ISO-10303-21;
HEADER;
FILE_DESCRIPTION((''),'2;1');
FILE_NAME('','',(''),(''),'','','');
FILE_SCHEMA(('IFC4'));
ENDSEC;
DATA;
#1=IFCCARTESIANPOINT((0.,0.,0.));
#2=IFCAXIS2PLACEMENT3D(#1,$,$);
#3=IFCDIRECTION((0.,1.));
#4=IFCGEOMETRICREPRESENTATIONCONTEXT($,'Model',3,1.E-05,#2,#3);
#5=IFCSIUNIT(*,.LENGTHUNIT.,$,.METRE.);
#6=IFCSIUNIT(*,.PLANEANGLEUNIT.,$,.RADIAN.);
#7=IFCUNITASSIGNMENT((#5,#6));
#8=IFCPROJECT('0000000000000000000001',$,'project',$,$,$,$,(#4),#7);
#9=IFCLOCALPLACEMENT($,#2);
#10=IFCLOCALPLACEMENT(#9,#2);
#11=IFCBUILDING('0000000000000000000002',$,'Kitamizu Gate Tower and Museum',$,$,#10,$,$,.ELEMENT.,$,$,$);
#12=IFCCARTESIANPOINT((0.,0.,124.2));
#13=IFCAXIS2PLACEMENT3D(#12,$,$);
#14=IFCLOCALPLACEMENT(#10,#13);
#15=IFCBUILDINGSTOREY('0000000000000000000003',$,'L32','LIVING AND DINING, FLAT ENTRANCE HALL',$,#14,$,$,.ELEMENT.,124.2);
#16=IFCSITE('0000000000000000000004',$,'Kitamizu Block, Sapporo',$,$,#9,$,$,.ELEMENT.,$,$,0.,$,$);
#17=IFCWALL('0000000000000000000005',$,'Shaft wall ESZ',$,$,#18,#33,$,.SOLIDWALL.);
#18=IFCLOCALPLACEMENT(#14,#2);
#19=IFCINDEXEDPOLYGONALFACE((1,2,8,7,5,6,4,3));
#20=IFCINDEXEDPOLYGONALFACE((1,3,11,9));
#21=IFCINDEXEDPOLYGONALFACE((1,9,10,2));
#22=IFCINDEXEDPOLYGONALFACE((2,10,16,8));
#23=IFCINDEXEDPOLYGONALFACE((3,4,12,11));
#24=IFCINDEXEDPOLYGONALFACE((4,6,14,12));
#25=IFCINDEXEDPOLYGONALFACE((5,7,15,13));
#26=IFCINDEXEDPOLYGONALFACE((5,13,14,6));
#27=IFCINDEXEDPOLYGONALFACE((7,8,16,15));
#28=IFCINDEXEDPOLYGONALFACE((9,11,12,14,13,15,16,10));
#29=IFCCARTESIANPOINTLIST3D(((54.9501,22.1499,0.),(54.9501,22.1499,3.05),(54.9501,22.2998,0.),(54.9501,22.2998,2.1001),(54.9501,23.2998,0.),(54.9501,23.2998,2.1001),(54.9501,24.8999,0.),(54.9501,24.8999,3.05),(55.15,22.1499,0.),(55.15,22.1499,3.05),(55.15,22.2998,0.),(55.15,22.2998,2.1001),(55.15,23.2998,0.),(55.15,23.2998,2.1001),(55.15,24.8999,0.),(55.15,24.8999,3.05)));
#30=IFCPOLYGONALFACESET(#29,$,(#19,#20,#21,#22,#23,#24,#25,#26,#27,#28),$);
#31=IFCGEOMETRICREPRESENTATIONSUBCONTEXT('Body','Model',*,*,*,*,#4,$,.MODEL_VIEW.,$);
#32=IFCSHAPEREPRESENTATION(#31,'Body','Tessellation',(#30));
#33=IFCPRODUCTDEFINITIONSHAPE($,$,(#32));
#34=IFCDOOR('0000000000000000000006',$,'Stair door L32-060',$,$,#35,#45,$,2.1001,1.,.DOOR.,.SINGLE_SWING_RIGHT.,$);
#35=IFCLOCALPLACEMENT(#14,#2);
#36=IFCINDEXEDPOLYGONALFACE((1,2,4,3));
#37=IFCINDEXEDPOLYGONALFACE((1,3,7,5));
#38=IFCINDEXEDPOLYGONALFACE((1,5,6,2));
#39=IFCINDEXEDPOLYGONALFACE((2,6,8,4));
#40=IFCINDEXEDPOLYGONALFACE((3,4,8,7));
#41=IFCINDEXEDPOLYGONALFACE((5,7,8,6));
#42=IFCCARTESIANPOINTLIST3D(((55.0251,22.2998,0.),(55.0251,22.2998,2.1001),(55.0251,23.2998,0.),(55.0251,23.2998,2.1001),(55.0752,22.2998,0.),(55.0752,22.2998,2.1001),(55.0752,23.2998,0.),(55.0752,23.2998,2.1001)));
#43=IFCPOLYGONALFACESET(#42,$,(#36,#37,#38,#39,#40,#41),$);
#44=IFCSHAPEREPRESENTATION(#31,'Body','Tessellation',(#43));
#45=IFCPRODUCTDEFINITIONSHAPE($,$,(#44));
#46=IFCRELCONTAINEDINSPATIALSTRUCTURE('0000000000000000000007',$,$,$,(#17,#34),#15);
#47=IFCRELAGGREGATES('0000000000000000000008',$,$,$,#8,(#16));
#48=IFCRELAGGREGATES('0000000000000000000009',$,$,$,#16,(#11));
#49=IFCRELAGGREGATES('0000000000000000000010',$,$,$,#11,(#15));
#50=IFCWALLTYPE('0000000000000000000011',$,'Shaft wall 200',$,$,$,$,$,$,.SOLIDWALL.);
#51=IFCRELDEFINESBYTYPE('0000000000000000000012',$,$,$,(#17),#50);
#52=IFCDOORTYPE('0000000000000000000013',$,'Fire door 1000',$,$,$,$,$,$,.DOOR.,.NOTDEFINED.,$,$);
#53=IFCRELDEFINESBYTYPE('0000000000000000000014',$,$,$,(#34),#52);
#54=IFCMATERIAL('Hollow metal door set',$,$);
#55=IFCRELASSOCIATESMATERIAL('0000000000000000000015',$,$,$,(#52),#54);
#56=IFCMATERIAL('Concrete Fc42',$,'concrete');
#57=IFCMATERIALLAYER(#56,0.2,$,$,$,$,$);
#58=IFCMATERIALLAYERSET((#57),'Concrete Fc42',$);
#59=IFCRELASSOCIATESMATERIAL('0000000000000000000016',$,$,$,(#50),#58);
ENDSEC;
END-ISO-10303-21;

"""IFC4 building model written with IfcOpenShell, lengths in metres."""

from ifc_helpers import new_model, si_unit, direction, frame, frame_2d, origin, place, context, subcontext, project, spatial, rectangle, extrude, material, layer, layer_set, type_object, element, fill, save


model = new_model("IFC4")

# Units and contexts
model_context = context("Model", 3, precision=1e-05, world=origin(), true_north=direction((0.0, 1.0)))
body_context = subcontext(model_context, "Body", "Model", "MODEL_VIEW")
ifc_project = project(units=[si_unit("LENGTHUNIT", "METRE"), si_unit("PLANEANGLEUNIT", "RADIAN")], contexts=[model_context])

# Site, building, storey
site_placement = place(None, origin())
site = spatial("IfcSite", under=ifc_project, at=site_placement, Name="Kitamizu Block, Sapporo", CompositionType="ELEMENT", RefElevation=0.0)
building_placement = place(site_placement, origin())
building = spatial("IfcBuilding", under=site, at=building_placement, Name="Kitamizu Gate Tower and Museum", CompositionType="ELEMENT")
storey_placement = place(building_placement, frame((0.0, 0.0, 124.2)))
storey = spatial("IfcBuildingStorey", under=building, at=storey_placement, Name="L32", Description="LIVING AND DINING, FLAT ENTRANCE HALL", CompositionType="ELEMENT", Elevation=124.2)

# Shared definitions
ifc_material_1 = material(Name="Hollow metal door set")
door_type_1 = type_object("IfcDoorType", Name="Fire door 1000", OperationType="NOTDEFINED", PredefinedType="DOOR", material=ifc_material_1)

# Shared definitions
ifc_material_2 = material(Name="Concrete Fc42", Category="concrete")
ifc_layer_1 = layer(ifc_material_2, 0.2)
ifc_layer_set_1 = layer_set([ifc_layer_1], Name="Concrete Fc42")
wall_type_1 = type_object("IfcWallType", Name="Shaft wall 200", PredefinedType="SOLIDWALL", material=ifc_layer_set_1)

# Wall, opening, door
wall_1_placement = place(storey_placement, frame((55.05, 22.1499, 0.0), z_axis=(0.0, 0.0, 1.0), x_axis=(0.0, 1.0, 0.0)))
wall_1 = element("IfcWall", 1, at=wall_1_placement, inside=storey, type_object=wall_type_1, Name="Shaft wall ESZ", PredefinedType="SOLIDWALL", context=body_context, shape_type="SweptSolid", body=[
    extrude(rectangle(XDim=2.75, YDim=0.2, at=frame_2d((1.375, 0.0))), origin(), (0.0, 0.0, 1.0), 3.05),
])
opening_1_placement = place(wall_1_placement, frame((0.1499, 0.0, 0.0)))
opening_1 = element("IfcOpeningElement", 2, at=opening_1_placement, cuts=wall_1, PredefinedType="OPENING", context=body_context, shape_type="SweptSolid", body=[
    extrude(rectangle(XDim=1.0, YDim=2.1001, at=frame_2d((0.5, 1.05))), frame((0.0, 0.1099, 0.0), z_axis=(0.0, -1.0, 0.0), x_axis=(1.0, 0.0, 0.0)), (0.0, 0.0, 1.0), 0.22),
])
door_1_placement = place(opening_1_placement, origin())
door_1 = element("IfcDoor", 3, at=door_1_placement, inside=storey, type_object=door_type_1, Name="Stair door L32-060", OperationType="SINGLE_SWING_RIGHT", OverallHeight=2.1001, OverallWidth=1.0, PredefinedType="DOOR", context=body_context, shape_type="SweptSolid", body=[
    extrude(rectangle(XDim=1.0, YDim=2.1001, at=frame_2d((0.5, 1.05))), frame((0.0, 0.0249, 0.0), z_axis=(0.0, -1.0, 0.0), x_axis=(1.0, 0.0, 0.0)), (0.0, 0.0, 1.0), 0.05),
])
fill(opening_1, door_1)

save(model, "model.ifc")
